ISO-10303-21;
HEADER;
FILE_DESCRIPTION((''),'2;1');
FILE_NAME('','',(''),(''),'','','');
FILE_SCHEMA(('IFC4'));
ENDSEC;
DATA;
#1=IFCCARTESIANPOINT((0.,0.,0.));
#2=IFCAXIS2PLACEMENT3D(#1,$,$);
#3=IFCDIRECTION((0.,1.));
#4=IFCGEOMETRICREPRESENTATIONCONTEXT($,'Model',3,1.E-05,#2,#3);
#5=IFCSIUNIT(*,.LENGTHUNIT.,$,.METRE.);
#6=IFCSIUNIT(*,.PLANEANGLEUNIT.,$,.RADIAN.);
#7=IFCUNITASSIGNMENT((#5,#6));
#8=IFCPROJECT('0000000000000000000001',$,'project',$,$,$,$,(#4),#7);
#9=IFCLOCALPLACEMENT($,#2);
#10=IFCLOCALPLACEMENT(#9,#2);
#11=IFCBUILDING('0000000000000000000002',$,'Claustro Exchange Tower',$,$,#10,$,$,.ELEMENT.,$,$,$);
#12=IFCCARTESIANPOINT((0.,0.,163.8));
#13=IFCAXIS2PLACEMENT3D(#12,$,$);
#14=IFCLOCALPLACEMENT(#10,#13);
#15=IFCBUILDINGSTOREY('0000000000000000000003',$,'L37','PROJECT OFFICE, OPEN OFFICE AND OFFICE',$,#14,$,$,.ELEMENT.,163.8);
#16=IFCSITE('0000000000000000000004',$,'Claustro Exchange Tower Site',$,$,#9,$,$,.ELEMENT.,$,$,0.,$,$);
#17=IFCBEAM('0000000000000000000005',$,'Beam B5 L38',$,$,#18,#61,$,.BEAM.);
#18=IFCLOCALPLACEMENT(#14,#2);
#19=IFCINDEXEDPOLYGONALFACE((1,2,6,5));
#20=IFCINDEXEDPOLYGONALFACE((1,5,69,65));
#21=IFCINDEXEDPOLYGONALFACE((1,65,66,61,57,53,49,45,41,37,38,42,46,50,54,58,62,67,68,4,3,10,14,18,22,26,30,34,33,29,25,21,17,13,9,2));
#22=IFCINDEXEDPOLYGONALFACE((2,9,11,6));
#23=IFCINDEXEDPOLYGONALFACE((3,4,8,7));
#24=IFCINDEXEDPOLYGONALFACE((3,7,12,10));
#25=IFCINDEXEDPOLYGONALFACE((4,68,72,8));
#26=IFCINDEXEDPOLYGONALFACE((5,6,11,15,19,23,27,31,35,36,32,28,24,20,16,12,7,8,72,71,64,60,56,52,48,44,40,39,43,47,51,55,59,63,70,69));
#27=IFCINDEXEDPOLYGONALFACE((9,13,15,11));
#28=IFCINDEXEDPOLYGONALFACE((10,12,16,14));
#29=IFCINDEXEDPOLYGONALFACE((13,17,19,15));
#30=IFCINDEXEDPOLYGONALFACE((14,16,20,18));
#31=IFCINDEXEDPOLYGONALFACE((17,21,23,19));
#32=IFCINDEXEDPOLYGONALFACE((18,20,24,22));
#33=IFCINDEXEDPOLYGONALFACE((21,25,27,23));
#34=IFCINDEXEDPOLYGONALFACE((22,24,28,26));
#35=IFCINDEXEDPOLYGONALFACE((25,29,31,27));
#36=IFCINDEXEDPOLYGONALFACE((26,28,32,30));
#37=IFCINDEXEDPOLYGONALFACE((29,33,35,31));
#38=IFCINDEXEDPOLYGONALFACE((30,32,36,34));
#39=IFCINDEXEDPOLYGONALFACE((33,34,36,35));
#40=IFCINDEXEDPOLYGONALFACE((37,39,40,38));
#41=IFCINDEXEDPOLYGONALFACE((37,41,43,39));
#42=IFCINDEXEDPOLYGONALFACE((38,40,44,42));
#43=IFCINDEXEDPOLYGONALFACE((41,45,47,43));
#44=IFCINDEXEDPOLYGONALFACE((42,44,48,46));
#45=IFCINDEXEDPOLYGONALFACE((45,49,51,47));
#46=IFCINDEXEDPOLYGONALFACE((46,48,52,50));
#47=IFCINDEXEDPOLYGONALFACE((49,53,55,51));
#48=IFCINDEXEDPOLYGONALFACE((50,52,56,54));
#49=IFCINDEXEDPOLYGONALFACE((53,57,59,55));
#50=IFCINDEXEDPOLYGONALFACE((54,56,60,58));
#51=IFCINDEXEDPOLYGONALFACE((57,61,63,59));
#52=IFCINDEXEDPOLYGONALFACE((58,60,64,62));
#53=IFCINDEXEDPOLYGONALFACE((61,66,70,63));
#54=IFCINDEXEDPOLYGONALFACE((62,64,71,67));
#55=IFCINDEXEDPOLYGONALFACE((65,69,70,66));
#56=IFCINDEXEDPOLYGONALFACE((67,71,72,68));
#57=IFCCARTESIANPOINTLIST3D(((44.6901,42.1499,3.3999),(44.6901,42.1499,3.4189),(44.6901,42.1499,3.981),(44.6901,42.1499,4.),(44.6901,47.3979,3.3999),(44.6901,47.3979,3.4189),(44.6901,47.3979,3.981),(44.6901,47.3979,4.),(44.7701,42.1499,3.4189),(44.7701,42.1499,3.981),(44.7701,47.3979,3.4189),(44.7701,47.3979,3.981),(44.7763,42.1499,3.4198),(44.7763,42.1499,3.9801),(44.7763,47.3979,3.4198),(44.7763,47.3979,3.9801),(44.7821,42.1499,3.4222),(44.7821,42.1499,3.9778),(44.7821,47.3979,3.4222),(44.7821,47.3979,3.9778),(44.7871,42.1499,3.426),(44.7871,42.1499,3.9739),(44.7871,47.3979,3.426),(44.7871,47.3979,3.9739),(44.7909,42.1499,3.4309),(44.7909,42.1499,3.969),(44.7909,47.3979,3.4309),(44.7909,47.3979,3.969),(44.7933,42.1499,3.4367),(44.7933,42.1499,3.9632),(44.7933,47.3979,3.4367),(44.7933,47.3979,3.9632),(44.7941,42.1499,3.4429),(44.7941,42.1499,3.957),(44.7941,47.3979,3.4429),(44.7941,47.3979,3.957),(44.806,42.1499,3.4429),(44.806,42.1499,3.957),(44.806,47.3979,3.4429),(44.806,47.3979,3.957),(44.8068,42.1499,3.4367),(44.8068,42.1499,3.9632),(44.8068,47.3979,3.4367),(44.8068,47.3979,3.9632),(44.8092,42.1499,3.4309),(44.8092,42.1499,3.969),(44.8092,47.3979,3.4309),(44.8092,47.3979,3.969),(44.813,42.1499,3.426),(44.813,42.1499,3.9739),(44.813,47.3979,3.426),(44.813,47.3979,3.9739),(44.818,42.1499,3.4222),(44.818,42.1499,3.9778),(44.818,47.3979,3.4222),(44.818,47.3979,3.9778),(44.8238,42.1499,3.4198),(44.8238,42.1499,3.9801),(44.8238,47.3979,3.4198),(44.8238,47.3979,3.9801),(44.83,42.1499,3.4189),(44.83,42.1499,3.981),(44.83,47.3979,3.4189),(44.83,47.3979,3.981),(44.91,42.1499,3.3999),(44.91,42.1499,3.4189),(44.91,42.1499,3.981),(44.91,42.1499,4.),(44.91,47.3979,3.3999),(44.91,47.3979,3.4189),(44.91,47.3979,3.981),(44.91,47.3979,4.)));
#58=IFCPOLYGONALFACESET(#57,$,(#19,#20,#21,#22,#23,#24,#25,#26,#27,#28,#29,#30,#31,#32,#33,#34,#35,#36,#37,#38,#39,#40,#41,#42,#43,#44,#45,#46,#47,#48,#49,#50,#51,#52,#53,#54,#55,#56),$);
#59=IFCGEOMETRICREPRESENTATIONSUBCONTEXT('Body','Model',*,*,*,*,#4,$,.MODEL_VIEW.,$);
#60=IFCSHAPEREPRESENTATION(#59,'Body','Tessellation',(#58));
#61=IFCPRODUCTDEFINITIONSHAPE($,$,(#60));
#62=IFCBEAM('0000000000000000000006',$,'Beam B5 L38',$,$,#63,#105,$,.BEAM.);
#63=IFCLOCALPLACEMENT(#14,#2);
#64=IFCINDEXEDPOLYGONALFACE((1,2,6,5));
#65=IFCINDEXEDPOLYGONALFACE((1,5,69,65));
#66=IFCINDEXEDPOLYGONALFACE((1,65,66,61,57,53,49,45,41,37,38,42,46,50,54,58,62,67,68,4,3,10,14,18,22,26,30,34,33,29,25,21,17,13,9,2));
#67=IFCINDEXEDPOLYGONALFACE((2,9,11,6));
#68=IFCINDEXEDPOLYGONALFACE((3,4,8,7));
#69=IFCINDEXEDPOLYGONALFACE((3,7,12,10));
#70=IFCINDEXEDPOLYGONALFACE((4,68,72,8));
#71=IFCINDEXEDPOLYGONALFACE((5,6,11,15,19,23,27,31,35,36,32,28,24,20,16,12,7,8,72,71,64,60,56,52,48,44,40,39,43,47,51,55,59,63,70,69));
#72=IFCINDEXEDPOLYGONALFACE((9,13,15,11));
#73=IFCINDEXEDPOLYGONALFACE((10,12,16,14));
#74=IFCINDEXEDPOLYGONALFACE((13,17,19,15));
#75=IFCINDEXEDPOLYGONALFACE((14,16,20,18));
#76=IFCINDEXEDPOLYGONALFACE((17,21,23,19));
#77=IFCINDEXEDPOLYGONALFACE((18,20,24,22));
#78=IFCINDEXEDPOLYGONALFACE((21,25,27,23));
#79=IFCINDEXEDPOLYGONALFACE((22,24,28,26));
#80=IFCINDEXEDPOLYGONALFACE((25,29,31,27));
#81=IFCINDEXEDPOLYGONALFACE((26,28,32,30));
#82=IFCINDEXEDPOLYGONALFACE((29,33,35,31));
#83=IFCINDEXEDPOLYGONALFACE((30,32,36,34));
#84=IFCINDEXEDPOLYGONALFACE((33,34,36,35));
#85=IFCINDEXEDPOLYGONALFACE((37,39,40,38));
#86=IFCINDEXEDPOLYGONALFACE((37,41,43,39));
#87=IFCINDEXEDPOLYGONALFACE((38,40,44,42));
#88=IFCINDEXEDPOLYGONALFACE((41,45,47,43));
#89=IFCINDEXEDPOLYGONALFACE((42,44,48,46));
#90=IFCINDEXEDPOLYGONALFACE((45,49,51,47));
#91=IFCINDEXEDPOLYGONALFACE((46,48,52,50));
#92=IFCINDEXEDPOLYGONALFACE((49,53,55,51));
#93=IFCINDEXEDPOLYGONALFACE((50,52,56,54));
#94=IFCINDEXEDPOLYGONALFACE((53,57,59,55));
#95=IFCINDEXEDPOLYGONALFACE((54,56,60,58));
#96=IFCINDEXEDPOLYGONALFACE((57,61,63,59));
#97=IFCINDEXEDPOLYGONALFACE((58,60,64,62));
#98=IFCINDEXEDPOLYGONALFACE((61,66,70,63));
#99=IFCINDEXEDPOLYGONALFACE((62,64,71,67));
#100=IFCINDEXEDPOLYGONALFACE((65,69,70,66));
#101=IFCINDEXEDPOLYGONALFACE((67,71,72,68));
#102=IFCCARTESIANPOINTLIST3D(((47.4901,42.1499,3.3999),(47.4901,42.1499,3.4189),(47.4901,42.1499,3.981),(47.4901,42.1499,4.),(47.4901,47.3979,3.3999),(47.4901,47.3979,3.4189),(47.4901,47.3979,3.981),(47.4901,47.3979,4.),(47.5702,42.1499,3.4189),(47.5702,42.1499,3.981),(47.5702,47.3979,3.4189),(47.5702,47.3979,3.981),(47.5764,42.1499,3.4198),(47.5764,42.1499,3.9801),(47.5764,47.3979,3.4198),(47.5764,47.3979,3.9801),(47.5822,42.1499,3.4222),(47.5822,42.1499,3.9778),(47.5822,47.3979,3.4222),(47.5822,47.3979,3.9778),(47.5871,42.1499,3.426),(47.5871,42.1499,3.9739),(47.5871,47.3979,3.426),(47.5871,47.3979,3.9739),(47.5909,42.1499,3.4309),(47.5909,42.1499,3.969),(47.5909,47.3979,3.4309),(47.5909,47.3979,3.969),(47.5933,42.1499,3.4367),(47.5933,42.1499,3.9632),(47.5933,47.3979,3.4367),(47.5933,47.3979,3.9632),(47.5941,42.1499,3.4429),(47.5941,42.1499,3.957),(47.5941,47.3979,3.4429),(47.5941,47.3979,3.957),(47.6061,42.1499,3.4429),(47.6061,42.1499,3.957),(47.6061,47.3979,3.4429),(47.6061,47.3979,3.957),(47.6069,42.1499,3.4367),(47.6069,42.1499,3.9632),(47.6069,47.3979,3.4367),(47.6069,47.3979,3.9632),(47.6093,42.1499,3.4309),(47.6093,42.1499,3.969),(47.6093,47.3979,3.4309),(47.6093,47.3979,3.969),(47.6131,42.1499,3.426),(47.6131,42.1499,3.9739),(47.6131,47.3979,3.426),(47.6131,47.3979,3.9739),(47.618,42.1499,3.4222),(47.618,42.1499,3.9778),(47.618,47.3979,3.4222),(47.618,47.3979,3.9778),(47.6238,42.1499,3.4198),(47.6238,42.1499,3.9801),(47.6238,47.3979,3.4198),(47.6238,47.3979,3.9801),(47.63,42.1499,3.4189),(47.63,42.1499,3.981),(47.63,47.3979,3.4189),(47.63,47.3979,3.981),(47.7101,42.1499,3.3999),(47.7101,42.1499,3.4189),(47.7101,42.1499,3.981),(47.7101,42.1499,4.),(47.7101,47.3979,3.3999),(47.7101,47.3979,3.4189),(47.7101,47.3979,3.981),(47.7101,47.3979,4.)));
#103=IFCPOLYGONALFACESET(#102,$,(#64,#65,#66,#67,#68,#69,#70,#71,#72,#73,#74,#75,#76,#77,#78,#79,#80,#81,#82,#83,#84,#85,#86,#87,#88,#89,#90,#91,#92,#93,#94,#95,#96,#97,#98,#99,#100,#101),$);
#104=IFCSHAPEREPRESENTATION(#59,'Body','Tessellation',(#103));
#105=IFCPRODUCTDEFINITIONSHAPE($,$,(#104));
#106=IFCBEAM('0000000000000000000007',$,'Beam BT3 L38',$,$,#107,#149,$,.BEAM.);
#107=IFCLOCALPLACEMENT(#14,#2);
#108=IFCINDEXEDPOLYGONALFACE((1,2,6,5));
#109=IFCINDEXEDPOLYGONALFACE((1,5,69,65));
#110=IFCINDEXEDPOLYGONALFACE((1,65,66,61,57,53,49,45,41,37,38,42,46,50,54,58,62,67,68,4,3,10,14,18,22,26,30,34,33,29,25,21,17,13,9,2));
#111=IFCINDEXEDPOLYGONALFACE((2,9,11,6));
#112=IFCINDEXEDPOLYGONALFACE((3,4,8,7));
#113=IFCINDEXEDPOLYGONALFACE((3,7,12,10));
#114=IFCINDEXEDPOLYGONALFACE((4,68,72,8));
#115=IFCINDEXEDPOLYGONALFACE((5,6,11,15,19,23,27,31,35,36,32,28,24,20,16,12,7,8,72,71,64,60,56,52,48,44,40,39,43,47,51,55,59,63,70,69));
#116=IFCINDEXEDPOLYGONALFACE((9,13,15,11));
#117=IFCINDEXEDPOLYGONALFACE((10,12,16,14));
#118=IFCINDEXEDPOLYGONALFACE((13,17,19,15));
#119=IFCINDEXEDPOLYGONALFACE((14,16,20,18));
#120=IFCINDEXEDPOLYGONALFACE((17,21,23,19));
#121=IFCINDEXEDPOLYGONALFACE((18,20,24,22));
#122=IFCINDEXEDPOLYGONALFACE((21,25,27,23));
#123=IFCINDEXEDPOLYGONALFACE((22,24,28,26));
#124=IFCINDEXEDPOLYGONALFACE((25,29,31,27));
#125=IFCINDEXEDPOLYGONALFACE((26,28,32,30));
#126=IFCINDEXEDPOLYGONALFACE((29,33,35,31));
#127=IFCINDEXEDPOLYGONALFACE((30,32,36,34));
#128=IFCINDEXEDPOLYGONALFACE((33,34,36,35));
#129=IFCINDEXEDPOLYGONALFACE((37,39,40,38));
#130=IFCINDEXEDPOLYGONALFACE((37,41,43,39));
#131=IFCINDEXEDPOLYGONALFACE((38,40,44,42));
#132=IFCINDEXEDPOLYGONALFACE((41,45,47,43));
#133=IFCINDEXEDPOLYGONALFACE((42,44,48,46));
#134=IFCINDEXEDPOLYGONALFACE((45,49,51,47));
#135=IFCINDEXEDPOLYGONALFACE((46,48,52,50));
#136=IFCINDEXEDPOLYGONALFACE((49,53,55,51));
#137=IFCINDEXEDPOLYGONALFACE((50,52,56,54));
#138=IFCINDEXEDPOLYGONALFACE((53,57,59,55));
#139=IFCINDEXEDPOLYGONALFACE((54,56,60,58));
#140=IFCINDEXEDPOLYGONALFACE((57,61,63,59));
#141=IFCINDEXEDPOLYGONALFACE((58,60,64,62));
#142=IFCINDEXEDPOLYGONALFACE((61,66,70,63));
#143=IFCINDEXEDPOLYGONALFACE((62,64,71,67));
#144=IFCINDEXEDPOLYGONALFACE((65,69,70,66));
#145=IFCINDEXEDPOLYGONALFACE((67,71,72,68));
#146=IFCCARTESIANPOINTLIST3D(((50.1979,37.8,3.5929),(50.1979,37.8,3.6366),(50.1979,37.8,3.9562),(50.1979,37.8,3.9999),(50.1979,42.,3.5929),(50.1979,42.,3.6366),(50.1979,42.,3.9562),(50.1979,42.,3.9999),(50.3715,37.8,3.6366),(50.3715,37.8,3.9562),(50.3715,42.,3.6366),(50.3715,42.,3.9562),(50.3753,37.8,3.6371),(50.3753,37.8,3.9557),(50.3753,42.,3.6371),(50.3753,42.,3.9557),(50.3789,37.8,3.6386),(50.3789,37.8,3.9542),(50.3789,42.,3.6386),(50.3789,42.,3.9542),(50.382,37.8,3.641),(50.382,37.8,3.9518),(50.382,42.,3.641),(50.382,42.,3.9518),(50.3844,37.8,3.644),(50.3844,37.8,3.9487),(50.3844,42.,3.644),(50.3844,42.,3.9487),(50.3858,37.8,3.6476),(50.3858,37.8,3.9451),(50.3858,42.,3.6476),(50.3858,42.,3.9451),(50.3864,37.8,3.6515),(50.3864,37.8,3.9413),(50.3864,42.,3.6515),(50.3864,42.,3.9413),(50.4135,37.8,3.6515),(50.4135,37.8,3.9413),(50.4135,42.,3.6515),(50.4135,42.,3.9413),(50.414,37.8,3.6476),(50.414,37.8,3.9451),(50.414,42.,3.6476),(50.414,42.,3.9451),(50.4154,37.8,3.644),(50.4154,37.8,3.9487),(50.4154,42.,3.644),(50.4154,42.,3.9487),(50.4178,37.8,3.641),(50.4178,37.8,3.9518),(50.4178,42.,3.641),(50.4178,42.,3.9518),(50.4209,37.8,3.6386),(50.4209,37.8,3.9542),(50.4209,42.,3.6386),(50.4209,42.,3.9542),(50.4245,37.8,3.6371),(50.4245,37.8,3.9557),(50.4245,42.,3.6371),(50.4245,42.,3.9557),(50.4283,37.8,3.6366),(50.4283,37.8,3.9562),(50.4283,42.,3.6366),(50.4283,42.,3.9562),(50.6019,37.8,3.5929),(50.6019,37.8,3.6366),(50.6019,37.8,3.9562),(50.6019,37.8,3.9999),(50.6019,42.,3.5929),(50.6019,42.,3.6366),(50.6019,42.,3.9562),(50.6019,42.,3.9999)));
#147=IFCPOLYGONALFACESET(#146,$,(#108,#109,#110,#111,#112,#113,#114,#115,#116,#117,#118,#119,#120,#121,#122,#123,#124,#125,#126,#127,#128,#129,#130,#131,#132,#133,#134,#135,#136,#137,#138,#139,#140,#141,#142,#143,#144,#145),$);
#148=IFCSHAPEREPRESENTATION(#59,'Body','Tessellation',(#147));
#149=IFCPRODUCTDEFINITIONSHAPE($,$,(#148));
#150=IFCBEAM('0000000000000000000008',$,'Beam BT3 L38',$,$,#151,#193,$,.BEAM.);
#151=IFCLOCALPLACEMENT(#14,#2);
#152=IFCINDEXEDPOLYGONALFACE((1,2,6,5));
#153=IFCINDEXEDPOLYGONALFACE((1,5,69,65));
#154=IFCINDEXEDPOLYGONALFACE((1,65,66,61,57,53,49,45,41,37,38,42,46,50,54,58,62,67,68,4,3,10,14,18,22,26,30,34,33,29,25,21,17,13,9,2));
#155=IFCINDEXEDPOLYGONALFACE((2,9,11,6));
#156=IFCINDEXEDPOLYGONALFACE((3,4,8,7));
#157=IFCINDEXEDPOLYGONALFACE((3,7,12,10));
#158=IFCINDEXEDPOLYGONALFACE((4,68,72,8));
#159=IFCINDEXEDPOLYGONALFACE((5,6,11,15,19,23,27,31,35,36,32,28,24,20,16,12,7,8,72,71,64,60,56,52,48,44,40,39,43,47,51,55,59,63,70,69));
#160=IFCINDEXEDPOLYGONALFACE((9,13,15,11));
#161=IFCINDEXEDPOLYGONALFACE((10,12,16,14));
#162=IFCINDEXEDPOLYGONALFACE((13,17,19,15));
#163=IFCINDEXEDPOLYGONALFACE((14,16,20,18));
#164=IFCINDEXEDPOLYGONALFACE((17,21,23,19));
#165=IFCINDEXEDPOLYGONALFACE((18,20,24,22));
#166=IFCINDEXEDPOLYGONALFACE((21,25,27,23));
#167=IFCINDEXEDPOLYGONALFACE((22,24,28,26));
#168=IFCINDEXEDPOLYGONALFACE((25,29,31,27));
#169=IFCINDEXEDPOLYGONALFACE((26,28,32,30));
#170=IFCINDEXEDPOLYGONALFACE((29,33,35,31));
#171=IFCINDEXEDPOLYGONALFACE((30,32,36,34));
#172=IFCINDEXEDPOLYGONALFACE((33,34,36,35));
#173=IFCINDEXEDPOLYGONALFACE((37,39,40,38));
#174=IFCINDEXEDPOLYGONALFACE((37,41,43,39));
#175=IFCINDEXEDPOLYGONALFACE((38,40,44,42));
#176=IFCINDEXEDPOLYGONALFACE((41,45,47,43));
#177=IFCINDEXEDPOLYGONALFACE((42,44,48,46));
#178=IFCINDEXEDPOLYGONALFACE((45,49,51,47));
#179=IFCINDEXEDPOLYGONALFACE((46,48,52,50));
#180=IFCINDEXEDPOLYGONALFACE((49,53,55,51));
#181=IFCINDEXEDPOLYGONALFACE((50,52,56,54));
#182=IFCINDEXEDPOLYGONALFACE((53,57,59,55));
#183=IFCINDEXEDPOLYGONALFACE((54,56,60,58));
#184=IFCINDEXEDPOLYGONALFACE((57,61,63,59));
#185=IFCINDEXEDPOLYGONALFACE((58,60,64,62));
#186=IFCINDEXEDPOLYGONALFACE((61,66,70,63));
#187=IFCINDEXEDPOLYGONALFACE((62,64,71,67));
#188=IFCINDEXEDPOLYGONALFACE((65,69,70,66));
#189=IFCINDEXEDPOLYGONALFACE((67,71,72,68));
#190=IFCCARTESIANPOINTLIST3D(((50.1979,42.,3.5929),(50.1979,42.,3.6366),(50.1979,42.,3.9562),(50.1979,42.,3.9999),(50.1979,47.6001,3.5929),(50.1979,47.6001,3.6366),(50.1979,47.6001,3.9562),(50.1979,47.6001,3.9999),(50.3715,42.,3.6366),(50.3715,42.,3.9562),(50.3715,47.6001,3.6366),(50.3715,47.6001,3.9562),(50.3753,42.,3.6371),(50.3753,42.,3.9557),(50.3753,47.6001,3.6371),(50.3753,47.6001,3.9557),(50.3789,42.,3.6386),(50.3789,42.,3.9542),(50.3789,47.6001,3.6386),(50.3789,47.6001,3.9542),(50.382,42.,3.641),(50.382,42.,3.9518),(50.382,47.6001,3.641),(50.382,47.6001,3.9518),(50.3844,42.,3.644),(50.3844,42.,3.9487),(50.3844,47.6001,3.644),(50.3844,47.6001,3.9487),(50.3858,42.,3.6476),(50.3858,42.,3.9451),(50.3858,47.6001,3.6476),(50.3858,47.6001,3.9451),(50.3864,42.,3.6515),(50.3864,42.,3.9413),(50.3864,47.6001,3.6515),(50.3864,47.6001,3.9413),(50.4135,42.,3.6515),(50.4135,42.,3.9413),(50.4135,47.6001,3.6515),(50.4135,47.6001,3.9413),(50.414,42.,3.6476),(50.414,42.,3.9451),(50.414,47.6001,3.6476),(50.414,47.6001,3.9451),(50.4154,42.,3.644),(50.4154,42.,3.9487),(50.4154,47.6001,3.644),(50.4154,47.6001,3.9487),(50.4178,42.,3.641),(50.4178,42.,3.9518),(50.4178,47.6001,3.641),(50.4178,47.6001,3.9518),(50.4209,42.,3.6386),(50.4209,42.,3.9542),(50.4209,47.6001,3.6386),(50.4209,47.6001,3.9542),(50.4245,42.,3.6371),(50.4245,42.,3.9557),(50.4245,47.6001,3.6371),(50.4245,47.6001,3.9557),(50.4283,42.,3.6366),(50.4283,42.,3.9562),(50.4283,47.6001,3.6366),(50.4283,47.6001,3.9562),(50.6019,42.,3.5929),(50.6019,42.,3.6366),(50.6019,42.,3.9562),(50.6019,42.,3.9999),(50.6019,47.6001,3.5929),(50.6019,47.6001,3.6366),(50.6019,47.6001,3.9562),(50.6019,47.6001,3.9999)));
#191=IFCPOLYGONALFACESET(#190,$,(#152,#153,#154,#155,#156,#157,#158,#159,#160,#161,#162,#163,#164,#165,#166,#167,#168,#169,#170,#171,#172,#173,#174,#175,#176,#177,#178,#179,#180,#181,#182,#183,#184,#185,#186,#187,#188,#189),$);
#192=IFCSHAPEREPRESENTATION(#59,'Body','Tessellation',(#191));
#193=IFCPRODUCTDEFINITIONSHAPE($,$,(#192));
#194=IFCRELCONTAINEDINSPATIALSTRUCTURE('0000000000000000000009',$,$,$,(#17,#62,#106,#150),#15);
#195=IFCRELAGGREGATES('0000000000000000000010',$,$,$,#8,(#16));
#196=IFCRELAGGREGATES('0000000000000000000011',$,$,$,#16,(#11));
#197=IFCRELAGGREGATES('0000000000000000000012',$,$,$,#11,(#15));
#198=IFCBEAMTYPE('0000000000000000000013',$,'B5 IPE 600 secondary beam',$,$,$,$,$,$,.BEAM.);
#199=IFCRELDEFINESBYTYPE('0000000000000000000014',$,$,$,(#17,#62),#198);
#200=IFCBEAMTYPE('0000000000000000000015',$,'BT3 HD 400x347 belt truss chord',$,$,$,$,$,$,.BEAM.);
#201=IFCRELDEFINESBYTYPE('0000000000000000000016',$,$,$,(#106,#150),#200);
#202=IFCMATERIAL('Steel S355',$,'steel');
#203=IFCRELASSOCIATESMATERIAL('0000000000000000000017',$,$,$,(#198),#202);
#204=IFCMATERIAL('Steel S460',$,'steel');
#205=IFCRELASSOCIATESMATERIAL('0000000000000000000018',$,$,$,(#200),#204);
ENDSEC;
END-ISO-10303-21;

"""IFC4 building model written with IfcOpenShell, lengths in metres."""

from ifc_helpers import new_model, si_unit, direction, frame, origin, origin_2d, place, context, subcontext, project, spatial, i_section, extrude, material, material_profile, profile_set, type_object, element, save


model = new_model("IFC4")

# Units and contexts
model_context = context("Model", 3, precision=1e-05, world=origin(), true_north=direction((0.0, 1.0)))
body_context = subcontext(model_context, "Body", "Model", "MODEL_VIEW")
ifc_project = project(units=[si_unit("LENGTHUNIT", "METRE"), si_unit("PLANEANGLEUNIT", "RADIAN")], contexts=[model_context])

# Site, building, storey
site_placement = place(None, origin())
site = spatial("IfcSite", under=ifc_project, at=site_placement, Name="Claustro Exchange Tower Site", CompositionType="ELEMENT", RefElevation=0.0)
building_placement = place(site_placement, origin())
building = spatial("IfcBuilding", under=site, at=building_placement, Name="Claustro Exchange Tower", CompositionType="ELEMENT")
storey_placement = place(building_placement, frame((0.0, 0.0, 163.8)))
storey = spatial("IfcBuildingStorey", under=building, at=storey_placement, Name="L37", Description="PROJECT OFFICE, OPEN OFFICE AND OFFICE", CompositionType="ELEMENT", Elevation=163.8)

# Beams
ifc_material_1 = material(Name="Steel S355", Category="steel")
ifc_material_profile_1 = material_profile(ifc_material_1, i_section(OverallWidth=0.22, OverallDepth=0.6001, WebThickness=0.012, FlangeThickness=0.019, FilletRadius=0.0239, at=origin_2d()), Name="IPE 600")
ifc_profile_set_1 = profile_set([ifc_material_profile_1], Name="Steel S355")
beam_type_1 = type_object("IfcBeamType", Name="B5 IPE 600 secondary beam", PredefinedType="BEAM", material=ifc_profile_set_1)
for number, where, z_axis, x_axis, name in (
    (1, (44.8, 42.1499, 3.7), (0.0, 1.0, 0.0), (-1.0, 0.0, 0.0), "Beam B5 L38"),
    (2, (47.6001, 42.1499, 3.7), (0.0, 1.0, 0.0), (-1.0, 0.0, 0.0), "Beam B5 L38"),
):
    element("IfcBeam", number, at=place(storey_placement, frame(where, z_axis=z_axis, x_axis=x_axis)), inside=storey, type_object=beam_type_1, Name=name, PredefinedType="BEAM", context=body_context, shape_type="SweptSolid", body=[
        extrude(i_section(OverallWidth=0.22, OverallDepth=0.6001, WebThickness=0.012, FlangeThickness=0.019, FilletRadius=0.0239, at=origin_2d()), origin(), (0.0, 0.0, 1.0), 5.248),
    ])
ifc_material_2 = material(Name="Steel S460", Category="steel")
ifc_material_profile_2 = material_profile(ifc_material_2, i_section(OverallWidth=0.4041, OverallDepth=0.407, WebThickness=0.0271, FlangeThickness=0.0437, FilletRadius=0.0149, at=origin_2d()), Name="HD 400x347")
ifc_profile_set_2 = profile_set([ifc_material_profile_2], Name="Steel S460")
beam_type_2 = type_object("IfcBeamType", Name="BT3 HD 400x347 belt truss chord", PredefinedType="BEAM", material=ifc_profile_set_2)
beam_1_placement = place(storey_placement, frame((50.3999, 37.8, 3.7964), z_axis=(0.0, 1.0, 0.0), x_axis=(-1.0, 0.0, 0.0)))
element("IfcBeam", 3, at=beam_1_placement, inside=storey, type_object=beam_type_2, Name="Beam BT3 L38", PredefinedType="BEAM", context=body_context, shape_type="SweptSolid", body=[
    extrude(i_section(OverallWidth=0.4041, OverallDepth=0.407, WebThickness=0.0271, FlangeThickness=0.0437, FilletRadius=0.0149, at=origin_2d()), origin(), (0.0, 0.0, 1.0), 4.2),
])
beam_2_placement = place(storey_placement, frame((50.3999, 42.0, 3.7964), z_axis=(0.0, 1.0, 0.0), x_axis=(-1.0, 0.0, 0.0)))
element("IfcBeam", 4, at=beam_2_placement, inside=storey, type_object=beam_type_2, Name="Beam BT3 L38", PredefinedType="BEAM", context=body_context, shape_type="SweptSolid", body=[
    extrude(i_section(OverallWidth=0.4041, OverallDepth=0.407, WebThickness=0.0271, FlangeThickness=0.0437, FilletRadius=0.0149, at=origin_2d()), origin(), (0.0, 0.0, 1.0), 5.6001),
])

save(model, "model.ifc")
